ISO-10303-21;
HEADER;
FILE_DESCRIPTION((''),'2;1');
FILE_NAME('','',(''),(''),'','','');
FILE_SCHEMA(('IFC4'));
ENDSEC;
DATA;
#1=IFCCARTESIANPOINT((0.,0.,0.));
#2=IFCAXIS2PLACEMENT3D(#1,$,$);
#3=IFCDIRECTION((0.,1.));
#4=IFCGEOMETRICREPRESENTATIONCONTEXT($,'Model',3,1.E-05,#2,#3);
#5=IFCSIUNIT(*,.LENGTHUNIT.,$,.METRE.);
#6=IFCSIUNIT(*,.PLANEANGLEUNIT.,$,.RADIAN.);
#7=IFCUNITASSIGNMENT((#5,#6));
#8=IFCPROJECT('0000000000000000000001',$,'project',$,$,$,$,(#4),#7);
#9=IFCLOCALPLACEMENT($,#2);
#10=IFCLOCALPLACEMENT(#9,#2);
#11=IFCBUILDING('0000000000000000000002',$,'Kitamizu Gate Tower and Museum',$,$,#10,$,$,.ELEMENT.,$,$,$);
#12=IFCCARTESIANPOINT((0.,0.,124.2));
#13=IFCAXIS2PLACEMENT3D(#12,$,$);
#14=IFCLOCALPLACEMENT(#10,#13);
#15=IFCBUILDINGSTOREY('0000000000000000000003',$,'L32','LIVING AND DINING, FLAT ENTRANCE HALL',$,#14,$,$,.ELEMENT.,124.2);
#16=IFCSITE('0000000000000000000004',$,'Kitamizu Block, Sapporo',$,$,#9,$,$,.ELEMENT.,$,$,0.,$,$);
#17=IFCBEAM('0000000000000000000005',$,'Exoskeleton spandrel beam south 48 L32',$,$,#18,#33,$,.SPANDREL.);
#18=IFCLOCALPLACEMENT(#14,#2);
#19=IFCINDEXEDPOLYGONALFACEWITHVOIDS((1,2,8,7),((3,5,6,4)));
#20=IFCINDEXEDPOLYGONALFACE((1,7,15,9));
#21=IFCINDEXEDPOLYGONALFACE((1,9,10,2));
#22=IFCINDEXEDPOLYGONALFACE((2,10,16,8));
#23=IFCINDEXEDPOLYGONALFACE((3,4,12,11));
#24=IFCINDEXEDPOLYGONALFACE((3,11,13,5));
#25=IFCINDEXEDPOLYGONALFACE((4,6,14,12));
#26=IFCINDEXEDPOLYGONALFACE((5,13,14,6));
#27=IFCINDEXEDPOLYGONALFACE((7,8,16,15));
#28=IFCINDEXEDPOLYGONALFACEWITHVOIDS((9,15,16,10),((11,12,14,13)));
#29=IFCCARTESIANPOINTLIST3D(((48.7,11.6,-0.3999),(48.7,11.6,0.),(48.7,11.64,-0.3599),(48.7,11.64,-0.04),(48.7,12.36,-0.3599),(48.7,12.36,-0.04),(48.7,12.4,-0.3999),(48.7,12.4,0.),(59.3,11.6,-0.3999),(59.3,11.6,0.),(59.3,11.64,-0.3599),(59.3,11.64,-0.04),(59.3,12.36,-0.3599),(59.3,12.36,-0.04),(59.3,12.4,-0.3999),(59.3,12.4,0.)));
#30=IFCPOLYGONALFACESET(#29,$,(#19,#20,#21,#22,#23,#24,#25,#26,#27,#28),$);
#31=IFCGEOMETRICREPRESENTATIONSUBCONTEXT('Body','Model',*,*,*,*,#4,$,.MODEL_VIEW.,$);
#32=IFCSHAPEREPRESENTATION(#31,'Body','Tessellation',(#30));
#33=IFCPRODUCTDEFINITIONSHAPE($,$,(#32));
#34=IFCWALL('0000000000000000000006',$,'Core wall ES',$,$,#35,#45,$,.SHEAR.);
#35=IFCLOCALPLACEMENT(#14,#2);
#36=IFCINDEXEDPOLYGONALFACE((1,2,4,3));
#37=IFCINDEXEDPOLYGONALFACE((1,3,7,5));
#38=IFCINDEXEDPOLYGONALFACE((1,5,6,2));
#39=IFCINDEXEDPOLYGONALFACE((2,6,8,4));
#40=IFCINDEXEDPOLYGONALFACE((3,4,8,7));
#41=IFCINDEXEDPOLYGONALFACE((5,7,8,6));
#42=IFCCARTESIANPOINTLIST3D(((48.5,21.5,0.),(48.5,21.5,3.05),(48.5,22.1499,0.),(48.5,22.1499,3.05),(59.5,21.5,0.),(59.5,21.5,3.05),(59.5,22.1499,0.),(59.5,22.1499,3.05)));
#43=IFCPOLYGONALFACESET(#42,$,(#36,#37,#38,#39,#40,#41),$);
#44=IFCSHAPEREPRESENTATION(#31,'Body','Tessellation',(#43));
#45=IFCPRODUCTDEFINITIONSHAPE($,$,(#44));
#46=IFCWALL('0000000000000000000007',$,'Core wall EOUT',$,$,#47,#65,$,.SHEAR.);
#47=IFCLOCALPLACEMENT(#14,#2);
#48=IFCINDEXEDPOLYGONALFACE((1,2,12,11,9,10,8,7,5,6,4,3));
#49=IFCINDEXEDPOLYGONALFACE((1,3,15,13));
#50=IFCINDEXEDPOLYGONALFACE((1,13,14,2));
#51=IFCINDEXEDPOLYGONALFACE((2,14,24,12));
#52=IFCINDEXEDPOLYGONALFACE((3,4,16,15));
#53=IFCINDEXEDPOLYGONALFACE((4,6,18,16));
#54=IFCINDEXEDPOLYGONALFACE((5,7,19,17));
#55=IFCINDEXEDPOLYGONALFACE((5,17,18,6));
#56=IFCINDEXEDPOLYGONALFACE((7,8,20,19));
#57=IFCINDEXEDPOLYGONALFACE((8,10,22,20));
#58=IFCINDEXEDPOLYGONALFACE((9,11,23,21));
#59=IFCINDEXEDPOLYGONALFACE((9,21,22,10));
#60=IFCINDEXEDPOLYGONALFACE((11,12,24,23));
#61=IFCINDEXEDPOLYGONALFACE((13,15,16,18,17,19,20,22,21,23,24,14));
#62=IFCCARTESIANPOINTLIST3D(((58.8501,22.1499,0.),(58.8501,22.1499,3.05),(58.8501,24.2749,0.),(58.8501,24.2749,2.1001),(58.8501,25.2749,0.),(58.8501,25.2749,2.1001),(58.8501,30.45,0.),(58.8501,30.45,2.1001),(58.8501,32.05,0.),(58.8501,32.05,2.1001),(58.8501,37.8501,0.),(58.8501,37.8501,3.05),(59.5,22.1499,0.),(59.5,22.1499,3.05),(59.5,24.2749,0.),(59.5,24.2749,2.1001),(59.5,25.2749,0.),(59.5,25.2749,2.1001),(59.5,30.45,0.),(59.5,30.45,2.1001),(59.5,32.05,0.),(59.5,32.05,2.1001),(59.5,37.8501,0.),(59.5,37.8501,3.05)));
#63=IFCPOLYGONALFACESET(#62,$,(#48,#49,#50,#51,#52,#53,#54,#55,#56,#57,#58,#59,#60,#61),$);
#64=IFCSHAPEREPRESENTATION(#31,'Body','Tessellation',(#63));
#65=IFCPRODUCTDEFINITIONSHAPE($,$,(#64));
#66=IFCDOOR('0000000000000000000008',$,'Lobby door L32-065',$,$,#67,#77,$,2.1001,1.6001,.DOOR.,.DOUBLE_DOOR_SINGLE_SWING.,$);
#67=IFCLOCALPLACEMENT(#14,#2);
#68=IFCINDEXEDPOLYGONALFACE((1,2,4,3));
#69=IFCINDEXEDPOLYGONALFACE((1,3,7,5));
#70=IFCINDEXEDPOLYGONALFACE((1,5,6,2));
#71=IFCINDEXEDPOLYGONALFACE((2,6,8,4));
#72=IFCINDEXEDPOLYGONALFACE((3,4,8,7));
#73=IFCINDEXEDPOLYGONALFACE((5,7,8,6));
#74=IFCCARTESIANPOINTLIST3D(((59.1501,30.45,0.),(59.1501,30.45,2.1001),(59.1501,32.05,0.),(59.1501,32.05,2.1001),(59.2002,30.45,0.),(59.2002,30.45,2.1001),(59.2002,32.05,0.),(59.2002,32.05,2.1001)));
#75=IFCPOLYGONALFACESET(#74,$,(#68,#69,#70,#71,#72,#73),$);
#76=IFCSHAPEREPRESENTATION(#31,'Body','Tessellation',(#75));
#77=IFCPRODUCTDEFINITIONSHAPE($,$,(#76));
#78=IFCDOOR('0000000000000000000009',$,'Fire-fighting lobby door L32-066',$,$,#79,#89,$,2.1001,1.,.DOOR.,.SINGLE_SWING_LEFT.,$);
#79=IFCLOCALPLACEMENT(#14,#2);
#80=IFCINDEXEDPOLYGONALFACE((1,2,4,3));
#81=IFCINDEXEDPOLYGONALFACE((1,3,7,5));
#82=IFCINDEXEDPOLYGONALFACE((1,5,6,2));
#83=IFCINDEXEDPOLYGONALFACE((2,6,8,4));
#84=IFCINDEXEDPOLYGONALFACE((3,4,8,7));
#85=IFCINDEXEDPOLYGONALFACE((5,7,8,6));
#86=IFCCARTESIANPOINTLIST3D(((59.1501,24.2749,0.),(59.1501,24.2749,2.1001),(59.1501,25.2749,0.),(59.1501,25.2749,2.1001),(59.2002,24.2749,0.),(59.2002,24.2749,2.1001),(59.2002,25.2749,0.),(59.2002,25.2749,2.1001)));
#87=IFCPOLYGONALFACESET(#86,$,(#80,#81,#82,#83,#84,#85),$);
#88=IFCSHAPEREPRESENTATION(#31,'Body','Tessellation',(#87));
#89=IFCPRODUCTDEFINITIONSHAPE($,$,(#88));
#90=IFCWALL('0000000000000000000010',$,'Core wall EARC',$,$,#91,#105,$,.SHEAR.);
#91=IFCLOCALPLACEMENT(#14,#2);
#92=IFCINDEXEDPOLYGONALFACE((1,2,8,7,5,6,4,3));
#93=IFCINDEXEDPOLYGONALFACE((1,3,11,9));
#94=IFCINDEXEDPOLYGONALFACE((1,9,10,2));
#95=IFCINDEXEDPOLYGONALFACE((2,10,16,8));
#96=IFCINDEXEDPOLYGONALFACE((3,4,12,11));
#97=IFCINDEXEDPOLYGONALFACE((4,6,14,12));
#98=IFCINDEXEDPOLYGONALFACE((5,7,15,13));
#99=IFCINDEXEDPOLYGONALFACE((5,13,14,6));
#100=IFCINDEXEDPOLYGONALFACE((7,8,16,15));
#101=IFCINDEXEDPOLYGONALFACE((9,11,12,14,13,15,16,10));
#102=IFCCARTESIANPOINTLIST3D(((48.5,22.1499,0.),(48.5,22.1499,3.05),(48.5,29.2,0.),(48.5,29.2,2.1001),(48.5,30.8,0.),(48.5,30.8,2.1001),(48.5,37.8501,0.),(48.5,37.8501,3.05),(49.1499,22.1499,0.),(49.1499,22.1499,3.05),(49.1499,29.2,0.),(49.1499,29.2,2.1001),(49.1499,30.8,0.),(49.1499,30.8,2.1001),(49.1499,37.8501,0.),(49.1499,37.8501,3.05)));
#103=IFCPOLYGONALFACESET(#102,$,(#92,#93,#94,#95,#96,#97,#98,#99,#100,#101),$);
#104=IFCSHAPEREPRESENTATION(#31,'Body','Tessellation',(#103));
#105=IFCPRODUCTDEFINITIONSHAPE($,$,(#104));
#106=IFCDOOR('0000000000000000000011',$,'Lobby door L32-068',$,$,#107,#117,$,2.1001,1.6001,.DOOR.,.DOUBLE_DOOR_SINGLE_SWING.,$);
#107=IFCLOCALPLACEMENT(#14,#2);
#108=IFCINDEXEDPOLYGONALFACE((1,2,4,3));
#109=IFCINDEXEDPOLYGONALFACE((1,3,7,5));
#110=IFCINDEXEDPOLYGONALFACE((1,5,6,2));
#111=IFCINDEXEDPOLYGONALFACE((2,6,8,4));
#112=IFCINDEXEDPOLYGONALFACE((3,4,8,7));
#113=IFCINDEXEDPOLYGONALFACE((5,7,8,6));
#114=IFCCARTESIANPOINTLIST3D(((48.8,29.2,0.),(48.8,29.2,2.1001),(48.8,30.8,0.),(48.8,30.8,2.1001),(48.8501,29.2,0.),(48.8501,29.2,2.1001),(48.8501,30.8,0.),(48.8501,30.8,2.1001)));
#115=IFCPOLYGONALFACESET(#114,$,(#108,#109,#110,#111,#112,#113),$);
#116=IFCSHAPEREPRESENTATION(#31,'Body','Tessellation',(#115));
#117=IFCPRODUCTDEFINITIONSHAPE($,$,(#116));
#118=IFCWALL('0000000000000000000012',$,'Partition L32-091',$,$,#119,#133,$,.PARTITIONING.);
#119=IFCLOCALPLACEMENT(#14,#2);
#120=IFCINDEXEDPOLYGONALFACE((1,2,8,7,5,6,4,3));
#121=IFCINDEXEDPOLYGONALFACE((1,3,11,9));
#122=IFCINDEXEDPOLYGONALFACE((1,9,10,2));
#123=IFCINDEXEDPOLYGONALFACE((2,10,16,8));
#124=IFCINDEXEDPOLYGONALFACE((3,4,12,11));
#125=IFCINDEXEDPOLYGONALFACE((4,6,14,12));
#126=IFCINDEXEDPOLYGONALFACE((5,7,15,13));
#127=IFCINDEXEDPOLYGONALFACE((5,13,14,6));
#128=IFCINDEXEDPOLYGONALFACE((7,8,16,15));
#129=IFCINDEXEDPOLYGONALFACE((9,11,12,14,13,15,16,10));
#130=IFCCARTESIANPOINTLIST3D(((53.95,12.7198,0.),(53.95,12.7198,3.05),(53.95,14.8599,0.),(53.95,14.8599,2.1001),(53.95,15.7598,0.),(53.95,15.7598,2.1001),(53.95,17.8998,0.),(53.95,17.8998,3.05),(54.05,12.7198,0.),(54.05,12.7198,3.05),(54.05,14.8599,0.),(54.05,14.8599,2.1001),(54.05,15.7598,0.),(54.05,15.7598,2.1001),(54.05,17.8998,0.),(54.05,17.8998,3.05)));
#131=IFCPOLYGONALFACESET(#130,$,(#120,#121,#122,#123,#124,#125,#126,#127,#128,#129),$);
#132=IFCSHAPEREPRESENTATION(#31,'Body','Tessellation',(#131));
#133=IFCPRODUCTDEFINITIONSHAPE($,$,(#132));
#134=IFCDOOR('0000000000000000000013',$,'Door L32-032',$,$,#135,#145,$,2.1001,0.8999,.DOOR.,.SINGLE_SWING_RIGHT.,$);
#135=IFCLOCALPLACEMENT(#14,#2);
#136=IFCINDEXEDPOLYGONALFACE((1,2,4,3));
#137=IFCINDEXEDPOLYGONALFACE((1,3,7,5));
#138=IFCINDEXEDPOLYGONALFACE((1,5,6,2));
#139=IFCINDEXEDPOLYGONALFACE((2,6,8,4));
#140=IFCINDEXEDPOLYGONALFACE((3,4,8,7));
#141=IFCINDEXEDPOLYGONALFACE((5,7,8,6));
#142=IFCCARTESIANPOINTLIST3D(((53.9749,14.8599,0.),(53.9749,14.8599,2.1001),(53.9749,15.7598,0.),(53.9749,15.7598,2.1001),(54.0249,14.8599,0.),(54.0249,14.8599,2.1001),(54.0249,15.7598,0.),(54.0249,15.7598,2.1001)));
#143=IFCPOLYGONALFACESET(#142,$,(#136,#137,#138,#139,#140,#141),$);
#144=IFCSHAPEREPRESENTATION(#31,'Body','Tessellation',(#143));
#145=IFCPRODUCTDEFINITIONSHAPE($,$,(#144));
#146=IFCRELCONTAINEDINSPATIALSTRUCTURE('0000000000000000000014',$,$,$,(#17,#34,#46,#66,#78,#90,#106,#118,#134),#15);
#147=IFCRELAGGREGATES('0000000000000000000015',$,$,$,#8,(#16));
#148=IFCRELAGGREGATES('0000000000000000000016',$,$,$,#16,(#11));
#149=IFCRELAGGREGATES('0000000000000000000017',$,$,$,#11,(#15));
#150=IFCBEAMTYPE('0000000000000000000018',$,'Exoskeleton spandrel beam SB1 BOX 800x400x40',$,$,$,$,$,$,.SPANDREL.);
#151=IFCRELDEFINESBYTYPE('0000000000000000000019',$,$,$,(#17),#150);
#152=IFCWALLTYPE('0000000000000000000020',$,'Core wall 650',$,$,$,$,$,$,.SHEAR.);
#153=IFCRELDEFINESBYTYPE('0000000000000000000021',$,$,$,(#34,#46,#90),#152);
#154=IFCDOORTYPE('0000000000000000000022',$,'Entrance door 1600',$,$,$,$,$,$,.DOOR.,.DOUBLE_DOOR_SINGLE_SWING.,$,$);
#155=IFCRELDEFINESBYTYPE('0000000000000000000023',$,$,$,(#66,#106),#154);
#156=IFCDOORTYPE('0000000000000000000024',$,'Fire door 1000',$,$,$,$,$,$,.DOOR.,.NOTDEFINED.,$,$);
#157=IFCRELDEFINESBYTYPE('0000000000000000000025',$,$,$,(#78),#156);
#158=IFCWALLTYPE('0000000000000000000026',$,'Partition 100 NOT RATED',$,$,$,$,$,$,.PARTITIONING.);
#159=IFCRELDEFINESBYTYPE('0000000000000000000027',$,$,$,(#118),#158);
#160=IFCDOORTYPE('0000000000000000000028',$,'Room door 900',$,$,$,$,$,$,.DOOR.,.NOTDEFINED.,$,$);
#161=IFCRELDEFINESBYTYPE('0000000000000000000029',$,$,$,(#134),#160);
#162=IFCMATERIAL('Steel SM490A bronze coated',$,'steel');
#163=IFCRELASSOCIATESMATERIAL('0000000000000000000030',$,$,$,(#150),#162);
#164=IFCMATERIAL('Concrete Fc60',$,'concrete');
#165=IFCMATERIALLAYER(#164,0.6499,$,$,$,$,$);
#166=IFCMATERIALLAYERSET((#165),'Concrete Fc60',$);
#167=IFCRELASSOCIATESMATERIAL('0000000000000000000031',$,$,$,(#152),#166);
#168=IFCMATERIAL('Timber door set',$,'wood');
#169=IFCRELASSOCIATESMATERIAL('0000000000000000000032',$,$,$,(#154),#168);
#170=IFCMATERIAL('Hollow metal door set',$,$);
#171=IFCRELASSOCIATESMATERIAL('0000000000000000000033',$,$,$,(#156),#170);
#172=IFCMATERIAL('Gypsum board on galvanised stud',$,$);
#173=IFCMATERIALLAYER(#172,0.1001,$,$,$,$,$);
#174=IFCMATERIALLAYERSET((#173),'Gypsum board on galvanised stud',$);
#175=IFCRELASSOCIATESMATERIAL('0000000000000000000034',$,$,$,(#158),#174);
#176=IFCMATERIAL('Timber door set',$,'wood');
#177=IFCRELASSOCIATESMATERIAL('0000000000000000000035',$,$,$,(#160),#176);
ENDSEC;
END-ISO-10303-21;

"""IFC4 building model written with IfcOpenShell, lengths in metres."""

from ifc_helpers import new_model, si_unit, direction, frame, frame_2d, origin, origin_2d, place, context, subcontext, project, spatial, rectangle, hollow_rectangle, extrude, material, layer, layer_set, material_profile, profile_set, type_object, element, fill, save


model = new_model("IFC4")

# Units and contexts
model_context = context("Model", 3, precision=1e-05, world=origin(), true_north=direction((0.0, 1.0)))
body_context = subcontext(model_context, "Body", "Model", "MODEL_VIEW")
ifc_project = project(units=[si_unit("LENGTHUNIT", "METRE"), si_unit("PLANEANGLEUNIT", "RADIAN")], contexts=[model_context])

# Site, building, storey
site_placement = place(None, origin())
site = spatial("IfcSite", under=ifc_project, at=site_placement, Name="Kitamizu Block, Sapporo", CompositionType="ELEMENT", RefElevation=0.0)
building_placement = place(site_placement, origin())
building = spatial("IfcBuilding", under=site, at=building_placement, Name="Kitamizu Gate Tower and Museum", CompositionType="ELEMENT")
storey_placement = place(building_placement, frame((0.0, 0.0, 124.2)))
storey = spatial("IfcBuildingStorey", under=building, at=storey_placement, Name="L32", Description="LIVING AND DINING, FLAT ENTRANCE HALL", CompositionType="ELEMENT", Elevation=124.2)

# Beam
ifc_material_1 = material(Name="Steel SM490A bronze coated", Category="steel")
ifc_material_profile = material_profile(ifc_material_1, hollow_rectangle(XDim=0.8, YDim=0.3999, WallThickness=0.04, at=origin_2d()), Name="BOX 800x400x40")
ifc_profile_set = profile_set([ifc_material_profile], Name="Steel SM490A bronze coated")
beam_type = type_object("IfcBeamType", Name="Exoskeleton spandrel beam SB1 BOX 800x400x40", PredefinedType="SPANDREL", material=ifc_profile_set)
beam_placement = place(storey_placement, frame((48.7, 12.0, -0.2), z_axis=(1.0, 0.0, 0.0), x_axis=(0.0, 1.0, 0.0)))
element("IfcBeam", 1, at=beam_placement, inside=storey, type_object=beam_type, Name="Exoskeleton spandrel beam south 48 L32", PredefinedType="SPANDREL", context=body_context, shape_type="SweptSolid", body=[
    extrude(hollow_rectangle(XDim=0.8, YDim=0.3999, WallThickness=0.04, at=origin_2d()), origin(), (0.0, 0.0, 1.0), 10.6001),
])

# Wall
ifc_material_2 = material(Name="Concrete Fc60", Category="concrete")
ifc_layer_1 = layer(ifc_material_2, 0.6499)
ifc_layer_set_1 = layer_set([ifc_layer_1], Name="Concrete Fc60")
wall_type_1 = type_object("IfcWallType", Name="Core wall 650", PredefinedType="SHEAR", material=ifc_layer_set_1)
wall_1_placement = place(storey_placement, frame((59.5, 21.825, 0.0), z_axis=(0.0, 0.0, 1.0), x_axis=(-1.0, 0.0, 0.0)))
element("IfcWall", 2, at=wall_1_placement, inside=storey, type_object=wall_type_1, Name="Core wall ES", PredefinedType="SHEAR", context=body_context, shape_type="SweptSolid", body=[
    extrude(rectangle(XDim=11.0, YDim=0.6499, at=frame_2d((5.5, 0.0))), origin(), (0.0, 0.0, 1.0), 3.05),
])

# Wall, openings, doors
wall_2_placement = place(storey_placement, frame((59.175, 22.1499, 0.0), z_axis=(0.0, 0.0, 1.0), x_axis=(0.0, 1.0, 0.0)))
wall_2 = element("IfcWall", 3, at=wall_2_placement, inside=storey, type_object=wall_type_1, Name="Core wall EOUT", PredefinedType="SHEAR", context=body_context, shape_type="SweptSolid", body=[
    extrude(rectangle(XDim=15.7002, YDim=0.6499, at=frame_2d((7.8501, 0.0))), origin(), (0.0, 0.0, 1.0), 3.05),
])
opening_1_placement = place(wall_2_placement, frame((8.3, 0.0, 0.0)))
opening_1 = element("IfcOpeningElement", 4, at=opening_1_placement, cuts=wall_2, PredefinedType="OPENING", context=body_context, shape_type="SweptSolid", body=[
    extrude(rectangle(XDim=1.6001, YDim=2.1001, at=frame_2d((0.8, 1.05))), frame((0.0, 0.335, 0.0), z_axis=(0.0, -1.0, 0.0), x_axis=(1.0, 0.0, 0.0)), (0.0, 0.0, 1.0), 0.6699),
])
opening_2_placement = place(wall_2_placement, frame((2.125, 0.0, 0.0)))
opening_2 = element("IfcOpeningElement", 5, at=opening_2_placement, cuts=wall_2, PredefinedType="OPENING", context=body_context, shape_type="SweptSolid", body=[
    extrude(rectangle(XDim=1.0, YDim=2.1001, at=frame_2d((0.5, 1.05))), frame((0.0, 0.335, 0.0), z_axis=(0.0, -1.0, 0.0), x_axis=(1.0, 0.0, 0.0)), (0.0, 0.0, 1.0), 0.6699),
])
ifc_material_3 = material(Name="Timber door set", Category="wood")
door_type_1 = type_object("IfcDoorType", Name="Entrance door 1600", OperationType="DOUBLE_DOOR_SINGLE_SWING", PredefinedType="DOOR", material=ifc_material_3)
door_1_placement = place(opening_1_placement, origin())
door_1 = element("IfcDoor", 6, at=door_1_placement, inside=storey, type_object=door_type_1, Name="Lobby door L32-065", OperationType="DOUBLE_DOOR_SINGLE_SWING", OverallHeight=2.1001, OverallWidth=1.6001, PredefinedType="DOOR", context=body_context, shape_type="SweptSolid", body=[
    extrude(rectangle(XDim=1.6001, YDim=2.1001, at=frame_2d((0.8, 1.05))), frame((0.0, 0.0249, 0.0), z_axis=(0.0, -1.0, 0.0), x_axis=(1.0, 0.0, 0.0)), (0.0, 0.0, 1.0), 0.05),
])
fill(opening_1, door_1)
ifc_material_4 = material(Name="Hollow metal door set")
door_type_2 = type_object("IfcDoorType", Name="Fire door 1000", OperationType="NOTDEFINED", PredefinedType="DOOR", material=ifc_material_4)
door_2_placement = place(opening_2_placement, origin())
door_2 = element("IfcDoor", 7, at=door_2_placement, inside=storey, type_object=door_type_2, Name="Fire-fighting lobby door L32-066", OperationType="SINGLE_SWING_LEFT", OverallHeight=2.1001, OverallWidth=1.0, PredefinedType="DOOR", context=body_context, shape_type="SweptSolid", body=[
    extrude(rectangle(XDim=1.0, YDim=2.1001, at=frame_2d((0.5, 1.05))), frame((0.0, 0.0249, 0.0), z_axis=(0.0, -1.0, 0.0), x_axis=(1.0, 0.0, 0.0)), (0.0, 0.0, 1.0), 0.05),
])
fill(opening_2, door_2)

# Walls, openings, doors
wall_3_placement = place(storey_placement, frame((48.825, 22.1499, 0.0), z_axis=(0.0, 0.0, 1.0), x_axis=(0.0, 1.0, 0.0)))
wall_3 = element("IfcWall", 8, at=wall_3_placement, inside=storey, type_object=wall_type_1, Name="Core wall EARC", PredefinedType="SHEAR", context=body_context, shape_type="SweptSolid", body=[
    extrude(rectangle(XDim=15.7002, YDim=0.6499, at=frame_2d((7.8501, 0.0))), origin(), (0.0, 0.0, 1.0), 3.05),
])
opening_3_placement = place(wall_3_placement, frame((7.05, 0.0, 0.0)))
opening_3 = element("IfcOpeningElement", 9, at=opening_3_placement, cuts=wall_3, PredefinedType="OPENING", context=body_context, shape_type="SweptSolid", body=[
    extrude(rectangle(XDim=1.6001, YDim=2.1001, at=frame_2d((0.8, 1.05))), frame((0.0, 0.335, 0.0), z_axis=(0.0, -1.0, 0.0), x_axis=(1.0, 0.0, 0.0)), (0.0, 0.0, 1.0), 0.6699),
])
door_3_placement = place(opening_3_placement, origin())
door_3 = element("IfcDoor", 10, at=door_3_placement, inside=storey, type_object=door_type_1, Name="Lobby door L32-068", OperationType="DOUBLE_DOOR_SINGLE_SWING", OverallHeight=2.1001, OverallWidth=1.6001, PredefinedType="DOOR", context=body_context, shape_type="SweptSolid", body=[
    extrude(rectangle(XDim=1.6001, YDim=2.1001, at=frame_2d((0.8, 1.05))), frame((0.0, 0.0249, 0.0), z_axis=(0.0, -1.0, 0.0), x_axis=(1.0, 0.0, 0.0)), (0.0, 0.0, 1.0), 0.05),
])
fill(opening_3, door_3)
ifc_material_5 = material(Name="Gypsum board on galvanised stud")
ifc_layer_2 = layer(ifc_material_5, 0.1001)
ifc_layer_set_2 = layer_set([ifc_layer_2], Name="Gypsum board on galvanised stud")
wall_type_2 = type_object("IfcWallType", Name="Partition 100 NOT RATED", PredefinedType="PARTITIONING", material=ifc_layer_set_2)
wall_4_placement = place(storey_placement, frame((54.0, 12.72, 0.0), z_axis=(0.0, 0.0, 1.0), x_axis=(0.0, 1.0, 0.0)))
wall_4 = element("IfcWall", 11, at=wall_4_placement, inside=storey, type_object=wall_type_2, Name="Partition L32-091", PredefinedType="PARTITIONING", context=body_context, shape_type="SweptSolid", body=[
    extrude(rectangle(XDim=5.1799, YDim=0.1001, at=frame_2d((2.5898, 0.0))), origin(), (0.0, 0.0, 1.0), 3.05),
])
opening_4_placement = place(wall_4_placement, frame((2.1399, 0.0, 0.0)))
opening_4 = element("IfcOpeningElement", 12, at=opening_4_placement, cuts=wall_4, PredefinedType="OPENING", context=body_context, shape_type="SweptSolid", body=[
    extrude(rectangle(XDim=0.8999, YDim=2.1001, at=frame_2d((0.45, 1.05))), frame((0.0, 0.0601, 0.0), z_axis=(0.0, -1.0, 0.0), x_axis=(1.0, 0.0, 0.0)), (0.0, 0.0, 1.0), 0.1201),
])
ifc_material_6 = material(Name="Timber door set", Category="wood")
door_type_3 = type_object("IfcDoorType", Name="Room door 900", OperationType="NOTDEFINED", PredefinedType="DOOR", material=ifc_material_6)
door_4_placement = place(opening_4_placement, frame((0.8999, 0.0, 0.0), x_axis=(-1.0, 0.0, 0.0)))
door_4 = element("IfcDoor", 13, at=door_4_placement, inside=storey, type_object=door_type_3, Name="Door L32-032", OperationType="SINGLE_SWING_RIGHT", OverallHeight=2.1001, OverallWidth=0.8999, PredefinedType="DOOR", context=body_context, shape_type="SweptSolid", body=[
    extrude(rectangle(XDim=0.8999, YDim=2.1001, at=frame_2d((0.45, 1.05))), frame((0.0, 0.0249, 0.0), z_axis=(0.0, -1.0, 0.0), x_axis=(1.0, 0.0, 0.0)), (0.0, 0.0, 1.0), 0.05),
])
fill(opening_4, door_4)

save(model, "model.ifc")
